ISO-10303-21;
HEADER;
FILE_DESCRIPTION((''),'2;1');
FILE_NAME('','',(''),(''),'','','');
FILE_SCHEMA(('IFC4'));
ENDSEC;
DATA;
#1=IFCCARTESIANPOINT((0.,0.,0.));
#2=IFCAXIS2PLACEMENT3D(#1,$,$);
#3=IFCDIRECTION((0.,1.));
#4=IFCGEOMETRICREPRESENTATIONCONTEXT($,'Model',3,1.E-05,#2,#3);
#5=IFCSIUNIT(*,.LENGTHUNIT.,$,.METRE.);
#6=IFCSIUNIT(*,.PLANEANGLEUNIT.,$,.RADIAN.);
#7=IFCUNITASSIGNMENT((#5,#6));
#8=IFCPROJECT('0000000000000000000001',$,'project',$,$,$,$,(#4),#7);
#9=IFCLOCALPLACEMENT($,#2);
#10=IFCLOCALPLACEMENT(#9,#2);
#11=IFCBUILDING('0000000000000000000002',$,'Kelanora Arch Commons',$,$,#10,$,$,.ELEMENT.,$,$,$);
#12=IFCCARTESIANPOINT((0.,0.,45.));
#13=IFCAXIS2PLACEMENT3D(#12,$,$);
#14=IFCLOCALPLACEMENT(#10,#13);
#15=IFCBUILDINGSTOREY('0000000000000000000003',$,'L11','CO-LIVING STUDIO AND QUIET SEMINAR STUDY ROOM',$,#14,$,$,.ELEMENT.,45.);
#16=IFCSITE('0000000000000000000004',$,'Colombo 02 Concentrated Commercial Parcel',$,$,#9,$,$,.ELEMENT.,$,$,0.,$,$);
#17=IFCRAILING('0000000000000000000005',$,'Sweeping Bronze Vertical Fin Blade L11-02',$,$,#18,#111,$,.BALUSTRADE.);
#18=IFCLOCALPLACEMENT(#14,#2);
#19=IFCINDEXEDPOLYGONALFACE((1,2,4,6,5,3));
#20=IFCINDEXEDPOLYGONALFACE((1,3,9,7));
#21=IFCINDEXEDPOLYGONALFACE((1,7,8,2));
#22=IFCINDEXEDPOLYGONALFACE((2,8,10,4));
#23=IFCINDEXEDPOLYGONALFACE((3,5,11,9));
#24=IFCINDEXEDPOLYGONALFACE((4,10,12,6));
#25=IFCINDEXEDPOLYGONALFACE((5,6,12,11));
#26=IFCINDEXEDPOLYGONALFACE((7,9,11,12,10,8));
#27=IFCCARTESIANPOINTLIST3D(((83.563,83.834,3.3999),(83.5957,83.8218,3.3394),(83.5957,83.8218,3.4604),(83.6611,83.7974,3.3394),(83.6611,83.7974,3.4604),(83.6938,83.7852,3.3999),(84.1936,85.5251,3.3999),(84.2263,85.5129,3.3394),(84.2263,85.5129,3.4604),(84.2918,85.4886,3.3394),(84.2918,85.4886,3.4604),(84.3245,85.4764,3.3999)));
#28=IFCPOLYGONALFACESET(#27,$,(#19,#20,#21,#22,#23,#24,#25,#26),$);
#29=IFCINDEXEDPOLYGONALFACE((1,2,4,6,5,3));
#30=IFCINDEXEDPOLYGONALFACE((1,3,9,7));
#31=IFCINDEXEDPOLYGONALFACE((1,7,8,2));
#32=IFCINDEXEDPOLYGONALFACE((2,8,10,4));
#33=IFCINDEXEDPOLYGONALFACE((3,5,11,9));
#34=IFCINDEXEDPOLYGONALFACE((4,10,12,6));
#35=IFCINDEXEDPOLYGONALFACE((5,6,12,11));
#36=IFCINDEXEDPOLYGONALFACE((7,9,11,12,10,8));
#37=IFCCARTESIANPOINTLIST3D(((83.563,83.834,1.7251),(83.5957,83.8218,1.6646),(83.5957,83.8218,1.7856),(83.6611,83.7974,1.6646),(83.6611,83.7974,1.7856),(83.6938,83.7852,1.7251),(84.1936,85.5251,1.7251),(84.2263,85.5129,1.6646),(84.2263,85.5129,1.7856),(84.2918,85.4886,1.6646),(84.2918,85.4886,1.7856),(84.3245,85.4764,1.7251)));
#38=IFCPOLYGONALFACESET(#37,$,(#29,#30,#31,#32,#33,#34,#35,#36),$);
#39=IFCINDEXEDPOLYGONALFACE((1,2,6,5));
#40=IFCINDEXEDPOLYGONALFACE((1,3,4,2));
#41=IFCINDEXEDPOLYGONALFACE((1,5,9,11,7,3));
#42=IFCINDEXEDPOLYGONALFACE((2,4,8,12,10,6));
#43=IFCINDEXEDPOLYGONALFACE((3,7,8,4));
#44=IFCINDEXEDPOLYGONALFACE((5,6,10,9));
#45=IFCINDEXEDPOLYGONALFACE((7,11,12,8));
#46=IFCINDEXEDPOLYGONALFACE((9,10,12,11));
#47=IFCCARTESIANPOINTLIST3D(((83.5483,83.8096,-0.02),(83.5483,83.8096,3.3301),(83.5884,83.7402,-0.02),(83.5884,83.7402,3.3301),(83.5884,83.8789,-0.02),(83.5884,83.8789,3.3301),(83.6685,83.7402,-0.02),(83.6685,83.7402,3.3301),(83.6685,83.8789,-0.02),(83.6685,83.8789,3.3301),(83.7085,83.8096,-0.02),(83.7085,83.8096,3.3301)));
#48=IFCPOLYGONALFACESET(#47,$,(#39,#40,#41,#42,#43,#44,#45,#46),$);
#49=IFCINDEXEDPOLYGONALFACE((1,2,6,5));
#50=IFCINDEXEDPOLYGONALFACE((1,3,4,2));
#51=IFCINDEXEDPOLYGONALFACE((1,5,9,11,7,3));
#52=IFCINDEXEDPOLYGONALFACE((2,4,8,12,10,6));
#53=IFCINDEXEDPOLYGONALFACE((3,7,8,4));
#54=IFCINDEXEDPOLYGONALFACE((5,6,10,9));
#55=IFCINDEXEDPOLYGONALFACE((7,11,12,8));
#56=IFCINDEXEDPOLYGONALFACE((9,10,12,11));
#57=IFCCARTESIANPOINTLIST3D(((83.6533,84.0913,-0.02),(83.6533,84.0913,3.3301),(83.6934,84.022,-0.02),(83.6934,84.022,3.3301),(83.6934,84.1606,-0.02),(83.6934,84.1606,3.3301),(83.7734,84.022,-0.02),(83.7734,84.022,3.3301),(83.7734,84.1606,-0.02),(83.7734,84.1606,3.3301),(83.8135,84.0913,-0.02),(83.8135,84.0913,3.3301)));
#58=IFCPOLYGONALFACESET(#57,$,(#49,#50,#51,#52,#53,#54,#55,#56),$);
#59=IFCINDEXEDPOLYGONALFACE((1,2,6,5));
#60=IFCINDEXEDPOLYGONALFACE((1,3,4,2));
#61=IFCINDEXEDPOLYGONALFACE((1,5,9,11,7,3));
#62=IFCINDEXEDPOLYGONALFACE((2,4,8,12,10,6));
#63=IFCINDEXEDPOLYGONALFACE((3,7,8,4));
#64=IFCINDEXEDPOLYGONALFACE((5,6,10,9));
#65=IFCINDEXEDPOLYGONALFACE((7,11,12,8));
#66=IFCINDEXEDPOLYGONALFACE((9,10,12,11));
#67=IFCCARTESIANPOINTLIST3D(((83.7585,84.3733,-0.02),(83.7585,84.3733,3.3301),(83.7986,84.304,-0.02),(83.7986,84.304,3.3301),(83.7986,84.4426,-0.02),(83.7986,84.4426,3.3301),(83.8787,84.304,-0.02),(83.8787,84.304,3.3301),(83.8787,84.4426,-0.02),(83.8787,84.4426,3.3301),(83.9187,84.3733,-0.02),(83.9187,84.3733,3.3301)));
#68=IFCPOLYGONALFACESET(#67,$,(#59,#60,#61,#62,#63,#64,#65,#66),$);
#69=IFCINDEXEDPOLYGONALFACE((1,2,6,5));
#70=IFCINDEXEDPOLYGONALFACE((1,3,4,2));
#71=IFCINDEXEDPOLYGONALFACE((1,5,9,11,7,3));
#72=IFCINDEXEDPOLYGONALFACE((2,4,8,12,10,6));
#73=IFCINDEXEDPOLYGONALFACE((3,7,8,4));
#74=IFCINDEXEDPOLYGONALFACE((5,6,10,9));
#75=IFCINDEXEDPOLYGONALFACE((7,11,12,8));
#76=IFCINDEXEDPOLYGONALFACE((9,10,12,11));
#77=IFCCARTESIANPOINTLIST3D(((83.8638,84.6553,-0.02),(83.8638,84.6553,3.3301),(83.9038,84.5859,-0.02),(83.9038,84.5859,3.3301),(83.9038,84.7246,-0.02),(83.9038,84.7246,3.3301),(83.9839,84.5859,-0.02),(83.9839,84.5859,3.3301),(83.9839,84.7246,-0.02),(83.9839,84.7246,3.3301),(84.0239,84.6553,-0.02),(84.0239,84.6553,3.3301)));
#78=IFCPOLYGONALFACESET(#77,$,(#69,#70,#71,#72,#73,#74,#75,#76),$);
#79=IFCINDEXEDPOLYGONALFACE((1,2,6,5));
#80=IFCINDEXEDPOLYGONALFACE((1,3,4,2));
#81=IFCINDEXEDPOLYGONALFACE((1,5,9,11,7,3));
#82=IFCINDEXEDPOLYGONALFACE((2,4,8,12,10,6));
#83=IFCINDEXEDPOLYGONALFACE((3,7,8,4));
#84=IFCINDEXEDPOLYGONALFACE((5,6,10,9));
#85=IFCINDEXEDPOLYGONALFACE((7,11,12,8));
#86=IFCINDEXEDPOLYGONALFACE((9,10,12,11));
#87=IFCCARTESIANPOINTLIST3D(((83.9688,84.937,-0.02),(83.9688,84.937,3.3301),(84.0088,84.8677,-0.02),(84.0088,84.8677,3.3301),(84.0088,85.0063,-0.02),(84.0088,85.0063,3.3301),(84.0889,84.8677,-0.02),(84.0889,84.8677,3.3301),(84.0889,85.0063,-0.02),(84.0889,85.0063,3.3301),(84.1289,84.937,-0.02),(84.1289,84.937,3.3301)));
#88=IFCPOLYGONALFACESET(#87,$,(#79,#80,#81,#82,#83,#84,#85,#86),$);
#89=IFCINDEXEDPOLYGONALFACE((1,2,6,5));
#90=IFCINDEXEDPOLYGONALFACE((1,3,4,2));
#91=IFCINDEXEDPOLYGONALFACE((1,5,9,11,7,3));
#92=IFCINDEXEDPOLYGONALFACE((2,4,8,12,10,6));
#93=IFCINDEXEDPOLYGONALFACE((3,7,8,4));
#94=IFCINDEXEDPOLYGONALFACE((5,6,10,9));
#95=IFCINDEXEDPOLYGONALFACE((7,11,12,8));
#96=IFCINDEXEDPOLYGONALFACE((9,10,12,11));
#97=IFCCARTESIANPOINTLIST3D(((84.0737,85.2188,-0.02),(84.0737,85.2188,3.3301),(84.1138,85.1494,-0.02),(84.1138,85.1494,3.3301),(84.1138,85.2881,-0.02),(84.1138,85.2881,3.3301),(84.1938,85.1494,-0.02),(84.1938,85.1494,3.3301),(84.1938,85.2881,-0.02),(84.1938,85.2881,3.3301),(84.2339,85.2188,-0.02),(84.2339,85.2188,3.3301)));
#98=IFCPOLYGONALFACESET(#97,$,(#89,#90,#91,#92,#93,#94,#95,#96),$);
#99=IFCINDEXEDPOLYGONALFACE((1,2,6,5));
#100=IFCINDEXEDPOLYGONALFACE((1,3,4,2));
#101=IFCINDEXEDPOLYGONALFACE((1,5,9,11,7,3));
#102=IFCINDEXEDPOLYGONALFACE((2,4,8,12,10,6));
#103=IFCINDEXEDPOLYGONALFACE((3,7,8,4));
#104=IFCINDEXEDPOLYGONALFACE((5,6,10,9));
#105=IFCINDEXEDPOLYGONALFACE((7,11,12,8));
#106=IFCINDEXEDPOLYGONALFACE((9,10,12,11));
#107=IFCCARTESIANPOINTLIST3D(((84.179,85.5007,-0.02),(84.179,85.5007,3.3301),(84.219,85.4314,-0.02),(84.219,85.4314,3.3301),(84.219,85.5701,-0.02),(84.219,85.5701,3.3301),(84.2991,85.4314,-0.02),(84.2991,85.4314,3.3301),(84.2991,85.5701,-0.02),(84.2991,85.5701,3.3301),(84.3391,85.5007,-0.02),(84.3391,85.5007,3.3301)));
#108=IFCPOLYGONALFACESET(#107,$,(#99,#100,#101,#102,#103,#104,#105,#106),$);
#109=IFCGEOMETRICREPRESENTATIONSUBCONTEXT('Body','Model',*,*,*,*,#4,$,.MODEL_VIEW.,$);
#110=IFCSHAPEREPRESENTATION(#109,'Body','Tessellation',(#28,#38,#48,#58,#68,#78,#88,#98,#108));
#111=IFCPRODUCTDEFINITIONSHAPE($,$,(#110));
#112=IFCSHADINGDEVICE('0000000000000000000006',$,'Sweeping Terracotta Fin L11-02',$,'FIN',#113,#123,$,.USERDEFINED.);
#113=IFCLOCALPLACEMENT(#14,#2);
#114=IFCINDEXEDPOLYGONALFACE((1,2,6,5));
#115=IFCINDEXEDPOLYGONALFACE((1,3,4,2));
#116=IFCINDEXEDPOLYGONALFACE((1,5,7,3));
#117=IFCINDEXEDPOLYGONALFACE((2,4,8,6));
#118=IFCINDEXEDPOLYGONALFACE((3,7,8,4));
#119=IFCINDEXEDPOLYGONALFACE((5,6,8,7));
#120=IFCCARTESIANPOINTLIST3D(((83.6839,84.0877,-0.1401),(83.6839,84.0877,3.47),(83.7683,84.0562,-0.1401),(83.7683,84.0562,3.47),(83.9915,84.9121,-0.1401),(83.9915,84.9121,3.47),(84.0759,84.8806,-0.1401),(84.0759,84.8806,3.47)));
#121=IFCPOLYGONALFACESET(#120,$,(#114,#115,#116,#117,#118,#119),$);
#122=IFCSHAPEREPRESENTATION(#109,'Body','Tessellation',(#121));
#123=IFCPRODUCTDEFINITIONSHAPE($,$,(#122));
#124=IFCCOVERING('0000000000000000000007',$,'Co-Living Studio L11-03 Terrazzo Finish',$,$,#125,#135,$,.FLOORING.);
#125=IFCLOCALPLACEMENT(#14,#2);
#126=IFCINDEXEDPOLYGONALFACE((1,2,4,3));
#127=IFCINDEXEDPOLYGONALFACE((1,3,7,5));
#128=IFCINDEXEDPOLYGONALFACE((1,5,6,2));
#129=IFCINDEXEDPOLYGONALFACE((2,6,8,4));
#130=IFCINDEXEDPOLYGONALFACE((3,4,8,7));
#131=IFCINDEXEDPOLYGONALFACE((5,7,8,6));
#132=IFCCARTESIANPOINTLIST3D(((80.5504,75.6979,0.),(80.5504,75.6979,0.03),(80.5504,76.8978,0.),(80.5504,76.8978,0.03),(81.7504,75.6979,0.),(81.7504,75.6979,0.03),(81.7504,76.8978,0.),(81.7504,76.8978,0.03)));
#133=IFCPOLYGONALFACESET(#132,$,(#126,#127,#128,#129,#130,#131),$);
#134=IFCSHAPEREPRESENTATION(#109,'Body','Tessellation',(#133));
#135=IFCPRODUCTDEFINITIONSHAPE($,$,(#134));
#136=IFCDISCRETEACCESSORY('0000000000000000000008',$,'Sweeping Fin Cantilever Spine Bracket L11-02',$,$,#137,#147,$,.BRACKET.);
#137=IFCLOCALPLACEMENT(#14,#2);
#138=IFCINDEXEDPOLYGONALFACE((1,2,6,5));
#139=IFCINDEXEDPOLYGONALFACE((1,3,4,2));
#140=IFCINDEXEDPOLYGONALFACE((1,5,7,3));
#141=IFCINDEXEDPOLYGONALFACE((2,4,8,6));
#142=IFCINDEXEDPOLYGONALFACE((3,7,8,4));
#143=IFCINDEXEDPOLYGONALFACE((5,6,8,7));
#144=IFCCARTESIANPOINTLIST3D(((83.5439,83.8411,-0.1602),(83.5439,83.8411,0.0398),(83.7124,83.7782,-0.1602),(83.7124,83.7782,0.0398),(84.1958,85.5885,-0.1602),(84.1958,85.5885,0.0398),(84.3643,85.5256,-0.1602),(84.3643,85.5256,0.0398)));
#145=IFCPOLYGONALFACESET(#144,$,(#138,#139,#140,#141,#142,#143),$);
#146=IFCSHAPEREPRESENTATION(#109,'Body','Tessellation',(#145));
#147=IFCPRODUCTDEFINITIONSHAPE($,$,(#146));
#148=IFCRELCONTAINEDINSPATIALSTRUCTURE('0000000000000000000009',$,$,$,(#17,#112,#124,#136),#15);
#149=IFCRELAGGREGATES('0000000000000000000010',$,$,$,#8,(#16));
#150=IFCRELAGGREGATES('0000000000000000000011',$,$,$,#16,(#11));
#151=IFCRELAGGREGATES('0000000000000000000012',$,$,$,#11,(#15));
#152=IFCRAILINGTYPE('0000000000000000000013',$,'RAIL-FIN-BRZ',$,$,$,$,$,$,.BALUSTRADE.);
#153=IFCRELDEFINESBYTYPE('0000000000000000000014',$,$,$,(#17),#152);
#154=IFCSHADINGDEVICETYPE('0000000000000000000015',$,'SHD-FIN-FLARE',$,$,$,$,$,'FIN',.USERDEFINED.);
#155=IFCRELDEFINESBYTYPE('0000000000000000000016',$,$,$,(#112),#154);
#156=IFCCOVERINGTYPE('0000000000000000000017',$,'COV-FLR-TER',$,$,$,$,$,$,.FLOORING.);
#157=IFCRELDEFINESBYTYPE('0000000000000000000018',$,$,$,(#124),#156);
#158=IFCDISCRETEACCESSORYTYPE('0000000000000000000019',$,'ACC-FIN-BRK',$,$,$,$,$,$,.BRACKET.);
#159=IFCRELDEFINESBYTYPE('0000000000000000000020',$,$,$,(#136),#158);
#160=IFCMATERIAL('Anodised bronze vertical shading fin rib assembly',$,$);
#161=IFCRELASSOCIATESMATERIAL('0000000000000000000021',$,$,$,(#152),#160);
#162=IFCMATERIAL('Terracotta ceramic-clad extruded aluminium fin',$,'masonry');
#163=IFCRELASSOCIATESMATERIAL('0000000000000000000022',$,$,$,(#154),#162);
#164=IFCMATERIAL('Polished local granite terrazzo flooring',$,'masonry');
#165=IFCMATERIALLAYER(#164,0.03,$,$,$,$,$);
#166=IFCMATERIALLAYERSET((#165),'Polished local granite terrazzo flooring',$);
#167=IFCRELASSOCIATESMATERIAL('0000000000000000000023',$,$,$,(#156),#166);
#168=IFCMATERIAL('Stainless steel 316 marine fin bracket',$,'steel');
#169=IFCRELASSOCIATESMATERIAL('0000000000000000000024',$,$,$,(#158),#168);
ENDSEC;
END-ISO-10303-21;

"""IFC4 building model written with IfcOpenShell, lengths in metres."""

from ifc_helpers import new_model, si_unit, direction, frame, origin, origin_2d, place, context, subcontext, project, spatial, polyline, rectangle, outline, extrude, source, transform, mapped, material, layer, layer_set, type_object, element, save


model = new_model("IFC4")

# Units and contexts
model_context = context("Model", 3, precision=1e-05, world=origin(), true_north=direction((0.0, 1.0)))
body_context = subcontext(model_context, "Body", "Model", "MODEL_VIEW")
ifc_project = project(units=[si_unit("LENGTHUNIT", "METRE"), si_unit("PLANEANGLEUNIT", "RADIAN")], contexts=[model_context])

# Site, building, storey
site_placement = place(None, origin())
site = spatial("IfcSite", under=ifc_project, at=site_placement, Name="Colombo 02 Concentrated Commercial Parcel", CompositionType="ELEMENT", RefElevation=0.0)
building_placement = place(site_placement, origin())
building = spatial("IfcBuilding", under=site, at=building_placement, Name="Kelanora Arch Commons", CompositionType="ELEMENT")
storey_placement = place(building_placement, frame((0.0, 0.0, 45.0)))
storey = spatial("IfcBuildingStorey", under=building, at=storey_placement, Name="L11", Description="CO-LIVING STUDIO AND QUIET SEMINAR STUDY ROOM", CompositionType="ELEMENT", Elevation=45.0)

# Railing
ifc_material_1 = material(Name="Anodised bronze vertical shading fin rib assembly")
railing_type = type_object("IfcRailingType", Name="RAIL-FIN-BRZ", PredefinedType="BALUSTRADE", material=ifc_material_1)
railing_placement = place(storey_placement, frame((83.6284, 83.8096, -0.02)))
element("IfcRailing", 1, at=railing_placement, inside=storey, type_object=railing_type, Name="Sweeping Bronze Vertical Fin Blade L11-02", PredefinedType="BALUSTRADE", context=body_context, shape_type="SweptSolid", body=[
    extrude(outline(polyline([(0.0698, 0.0), (0.0349, 0.0605), (-0.0349, 0.0605), (-0.0698, 0.0), (-0.0349, -0.0605), (0.0349, -0.0605), (0.0698, 0.0)])), frame((0.0, 0.0, 3.4199), z_axis=(0.349388, 0.936978, 0.0), x_axis=(-0.936978, 0.349388, 0.0)), (0.0, 0.0, 1.0), 1.8049),
    extrude(outline(polyline([(0.0698, 0.0), (0.0349, 0.0605), (-0.0349, 0.0605), (-0.0698, 0.0), (-0.0349, -0.0605), (0.0349, -0.0605), (0.0698, 0.0)])), frame((0.0, 0.0, 1.7451), z_axis=(0.349388, 0.936978, 0.0), x_axis=(-0.936978, 0.349388, 0.0)), (0.0, 0.0, 1.0), 1.8049),
    extrude(outline(polyline([(0.0801, 0.0), (0.04, 0.0693), (-0.04, 0.0693), (-0.0801, 0.0), (-0.04, -0.0693), (0.04, -0.0693), (0.0801, 0.0)])), origin(), (0.0, 0.0, 1.0), 3.3501),
    extrude(outline(polyline([(0.0801, 0.0), (0.04, 0.0693), (-0.04, 0.0693), (-0.0801, 0.0), (-0.04, -0.0693), (0.04, -0.0693), (0.0801, 0.0)])), frame((0.105, 0.2817, 0.0)), (0.0, 0.0, 1.0), 3.3501),
    extrude(outline(polyline([(0.0801, 0.0), (0.04, 0.0693), (-0.04, 0.0693), (-0.0801, 0.0), (-0.04, -0.0693), (0.04, -0.0693), (0.0801, 0.0)])), frame((0.2102, 0.5637, 0.0)), (0.0, 0.0, 1.0), 3.3501),
    extrude(outline(polyline([(0.0801, 0.0), (0.04, 0.0693), (-0.04, 0.0693), (-0.0801, 0.0), (-0.04, -0.0693), (0.04, -0.0693), (0.0801, 0.0)])), frame((0.3154, 0.8457, 0.0)), (0.0, 0.0, 1.0), 3.3501),
    extrude(outline(polyline([(0.0801, 0.0), (0.04, 0.0693), (-0.04, 0.0693), (-0.0801, 0.0), (-0.04, -0.0693), (0.04, -0.0693), (0.0801, 0.0)])), frame((0.4204, 1.1274, 0.0)), (0.0, 0.0, 1.0), 3.3501),
    extrude(outline(polyline([(0.0801, 0.0), (0.04, 0.0693), (-0.04, 0.0693), (-0.0801, 0.0), (-0.04, -0.0693), (0.04, -0.0693), (0.0801, 0.0)])), frame((0.5254, 1.4092, 0.0)), (0.0, 0.0, 1.0), 3.3501),
    extrude(outline(polyline([(0.0801, 0.0), (0.04, 0.0693), (-0.04, 0.0693), (-0.0801, 0.0), (-0.04, -0.0693), (0.04, -0.0693), (0.0801, 0.0)])), frame((0.6306, 1.6912, 0.0)), (0.0, 0.0, 1.0), 3.3501),
])

# Shading device
ifc_material_2 = material(Name="Terracotta ceramic-clad extruded aluminium fin", Category="masonry")
shading_device_type = type_object("IfcShadingDeviceType", Name="SHD-FIN-FLARE", ElementType="FIN", PredefinedType="USERDEFINED", material=ifc_material_2)
shared_shape_1 = source(origin(), body_context, "Body", "SweptSolid", [
    extrude(rectangle(XDim=0.8799, YDim=0.0901, at=origin_2d()), origin(), (0.0, 0.0, 1.0), 3.6101),
])
shading_device_placement = place(storey_placement, frame((83.8799, 84.4841, -0.1401), z_axis=(0.0, 0.0, 1.0), x_axis=(0.349553, 0.936916, 0.0)))
element("IfcShadingDevice", 2, at=shading_device_placement, inside=storey, type_object=shading_device_type, Name="Sweeping Terracotta Fin L11-02", ObjectType="FIN", PredefinedType="USERDEFINED", context=body_context, shape_type="MappedRepresentation", body=[
    mapped(shared_shape_1, transform((0.0, 0.0, 0.0), scale=1.0)),
])

# Covering
ifc_material_3 = material(Name="Polished local granite terrazzo flooring", Category="masonry")
ifc_layer_1 = layer(ifc_material_3, 0.03)
ifc_layer_set_1 = layer_set([ifc_layer_1], Name="Polished local granite terrazzo flooring")
covering_type = type_object("IfcCoveringType", Name="COV-FLR-TER", PredefinedType="FLOORING", material=ifc_layer_set_1)
shared_shape_2 = source(origin(), body_context, "Body", "SweptSolid", [
    extrude(rectangle(XDim=1.2, YDim=1.2, at=origin_2d()), origin(), (0.0, 0.0, 1.0), 0.03),
])
covering_placement = place(storey_placement, frame((81.1504, 76.2979, 0.0), z_axis=(0.0, 0.0, 1.0), x_axis=(1.0, 0.0, 0.0)))
element("IfcCovering", 3, at=covering_placement, inside=storey, type_object=covering_type, Name="Co-Living Studio L11-03 Terrazzo Finish", PredefinedType="FLOORING", context=body_context, shape_type="MappedRepresentation", body=[
    mapped(shared_shape_2, transform((0.0, 0.0, 0.0), scale=1.0)),
])

# Discrete accessory
ifc_material_4 = material(Name="Stainless steel 316 marine fin bracket", Category="steel")
discrete_accessory_type = type_object("IfcDiscreteAccessoryType", Name="ACC-FIN-BRK", PredefinedType="BRACKET", material=ifc_material_4)
shared_shape_3 = source(origin(), body_context, "Body", "SweptSolid", [
    extrude(rectangle(XDim=1.865, YDim=0.1799, at=origin_2d()), origin(), (0.0, 0.0, 1.0), 0.2),
])
discrete_accessory_placement = place(storey_placement, frame((83.9541, 84.6833, -0.1602), z_axis=(0.0, 0.0, 1.0), x_axis=(0.349553, 0.936916, 0.0)))
element("IfcDiscreteAccessory", 4, at=discrete_accessory_placement, inside=storey, type_object=discrete_accessory_type, Name="Sweeping Fin Cantilever Spine Bracket L11-02", PredefinedType="BRACKET", context=body_context, shape_type="MappedRepresentation", body=[
    mapped(shared_shape_3, transform((0.0, 0.0, 0.0), scale=1.0)),
])

save(model, "model.ifc")
